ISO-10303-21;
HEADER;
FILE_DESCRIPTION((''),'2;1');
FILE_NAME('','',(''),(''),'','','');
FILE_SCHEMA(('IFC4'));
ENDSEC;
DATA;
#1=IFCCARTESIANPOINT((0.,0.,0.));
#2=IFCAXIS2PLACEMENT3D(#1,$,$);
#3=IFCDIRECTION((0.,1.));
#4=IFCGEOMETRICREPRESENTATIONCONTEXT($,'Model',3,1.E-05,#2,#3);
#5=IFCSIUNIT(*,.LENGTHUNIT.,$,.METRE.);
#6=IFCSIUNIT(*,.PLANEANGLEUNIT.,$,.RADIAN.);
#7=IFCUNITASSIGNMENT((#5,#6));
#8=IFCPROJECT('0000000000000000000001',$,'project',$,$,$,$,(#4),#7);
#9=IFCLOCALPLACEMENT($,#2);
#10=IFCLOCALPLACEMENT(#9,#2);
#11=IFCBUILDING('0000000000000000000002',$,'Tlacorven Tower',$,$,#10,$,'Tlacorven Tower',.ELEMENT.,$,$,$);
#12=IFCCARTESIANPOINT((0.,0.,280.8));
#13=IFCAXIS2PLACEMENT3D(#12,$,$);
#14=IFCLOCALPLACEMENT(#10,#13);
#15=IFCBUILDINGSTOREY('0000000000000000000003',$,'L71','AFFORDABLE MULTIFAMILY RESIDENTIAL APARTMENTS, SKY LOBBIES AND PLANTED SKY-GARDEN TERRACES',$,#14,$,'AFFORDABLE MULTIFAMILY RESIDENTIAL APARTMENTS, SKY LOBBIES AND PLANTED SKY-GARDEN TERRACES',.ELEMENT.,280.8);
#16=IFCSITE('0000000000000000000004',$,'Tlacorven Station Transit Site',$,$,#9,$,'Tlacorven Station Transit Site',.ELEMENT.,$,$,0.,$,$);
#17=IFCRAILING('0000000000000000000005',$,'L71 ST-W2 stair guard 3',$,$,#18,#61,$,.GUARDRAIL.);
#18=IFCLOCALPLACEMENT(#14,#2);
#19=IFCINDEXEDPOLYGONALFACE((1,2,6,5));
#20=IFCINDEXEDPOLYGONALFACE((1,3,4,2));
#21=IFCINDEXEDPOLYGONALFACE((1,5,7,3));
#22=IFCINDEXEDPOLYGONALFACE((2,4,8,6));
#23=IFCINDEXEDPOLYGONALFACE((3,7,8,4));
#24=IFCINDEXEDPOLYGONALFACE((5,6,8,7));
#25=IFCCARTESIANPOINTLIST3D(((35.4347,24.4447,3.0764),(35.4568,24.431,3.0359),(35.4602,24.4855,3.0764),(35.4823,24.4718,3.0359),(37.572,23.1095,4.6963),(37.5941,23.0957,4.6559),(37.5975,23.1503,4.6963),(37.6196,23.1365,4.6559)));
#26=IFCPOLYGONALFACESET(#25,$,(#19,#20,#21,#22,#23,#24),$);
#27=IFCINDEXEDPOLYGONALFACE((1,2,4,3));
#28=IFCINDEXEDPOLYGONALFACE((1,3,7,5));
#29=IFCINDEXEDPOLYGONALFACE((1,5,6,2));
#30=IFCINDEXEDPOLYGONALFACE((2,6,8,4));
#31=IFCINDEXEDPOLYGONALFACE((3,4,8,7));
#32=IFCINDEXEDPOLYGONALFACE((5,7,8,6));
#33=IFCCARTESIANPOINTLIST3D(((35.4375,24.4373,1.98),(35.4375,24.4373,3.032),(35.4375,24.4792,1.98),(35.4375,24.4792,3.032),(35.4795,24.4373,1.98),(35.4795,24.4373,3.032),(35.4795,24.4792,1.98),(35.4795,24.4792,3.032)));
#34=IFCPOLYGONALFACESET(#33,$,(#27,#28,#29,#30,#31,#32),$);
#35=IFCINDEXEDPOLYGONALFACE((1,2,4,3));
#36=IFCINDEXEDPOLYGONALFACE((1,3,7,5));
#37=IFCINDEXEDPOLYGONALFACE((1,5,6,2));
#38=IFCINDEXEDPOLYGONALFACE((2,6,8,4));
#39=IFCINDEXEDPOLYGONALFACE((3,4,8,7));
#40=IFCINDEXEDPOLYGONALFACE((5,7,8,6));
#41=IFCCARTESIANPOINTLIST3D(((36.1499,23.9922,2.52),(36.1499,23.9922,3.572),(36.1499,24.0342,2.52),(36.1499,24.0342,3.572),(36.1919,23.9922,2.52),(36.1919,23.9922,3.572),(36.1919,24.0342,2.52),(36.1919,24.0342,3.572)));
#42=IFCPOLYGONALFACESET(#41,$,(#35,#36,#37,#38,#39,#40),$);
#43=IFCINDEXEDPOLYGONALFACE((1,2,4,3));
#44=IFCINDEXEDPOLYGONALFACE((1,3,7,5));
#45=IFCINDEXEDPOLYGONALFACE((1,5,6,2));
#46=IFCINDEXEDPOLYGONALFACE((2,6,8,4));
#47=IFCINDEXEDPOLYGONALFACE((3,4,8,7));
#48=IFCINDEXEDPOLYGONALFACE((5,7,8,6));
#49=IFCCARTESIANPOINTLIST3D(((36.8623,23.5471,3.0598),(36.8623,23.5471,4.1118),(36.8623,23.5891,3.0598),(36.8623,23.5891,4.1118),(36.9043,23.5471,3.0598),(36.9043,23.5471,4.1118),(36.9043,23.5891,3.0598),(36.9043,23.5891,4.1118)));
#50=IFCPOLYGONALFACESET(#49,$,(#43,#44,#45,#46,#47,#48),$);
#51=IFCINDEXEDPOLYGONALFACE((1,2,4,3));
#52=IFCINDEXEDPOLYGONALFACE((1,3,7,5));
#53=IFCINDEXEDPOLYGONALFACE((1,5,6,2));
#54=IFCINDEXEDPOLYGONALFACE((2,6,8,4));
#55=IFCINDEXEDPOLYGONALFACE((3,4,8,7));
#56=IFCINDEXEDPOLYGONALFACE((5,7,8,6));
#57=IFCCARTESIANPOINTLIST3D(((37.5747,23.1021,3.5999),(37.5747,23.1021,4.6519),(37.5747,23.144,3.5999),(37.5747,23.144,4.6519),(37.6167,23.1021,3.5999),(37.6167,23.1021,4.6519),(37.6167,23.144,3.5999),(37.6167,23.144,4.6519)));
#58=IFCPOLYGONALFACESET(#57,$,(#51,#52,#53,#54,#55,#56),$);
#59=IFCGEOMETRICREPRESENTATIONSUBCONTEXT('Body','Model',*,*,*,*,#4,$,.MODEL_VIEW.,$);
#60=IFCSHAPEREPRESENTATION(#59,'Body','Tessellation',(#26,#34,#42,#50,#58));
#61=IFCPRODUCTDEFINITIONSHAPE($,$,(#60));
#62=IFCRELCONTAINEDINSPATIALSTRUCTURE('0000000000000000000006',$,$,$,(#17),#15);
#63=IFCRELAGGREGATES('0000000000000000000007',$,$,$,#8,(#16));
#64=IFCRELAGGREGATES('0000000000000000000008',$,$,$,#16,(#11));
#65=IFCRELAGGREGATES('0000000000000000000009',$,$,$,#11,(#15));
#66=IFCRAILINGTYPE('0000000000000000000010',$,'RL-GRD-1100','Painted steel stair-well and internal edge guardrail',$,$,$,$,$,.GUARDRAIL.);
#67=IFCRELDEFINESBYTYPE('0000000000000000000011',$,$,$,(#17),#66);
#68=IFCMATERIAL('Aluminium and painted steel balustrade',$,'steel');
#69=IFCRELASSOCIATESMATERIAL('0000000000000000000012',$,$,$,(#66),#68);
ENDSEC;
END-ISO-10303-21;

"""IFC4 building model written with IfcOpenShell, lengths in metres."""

from ifc_helpers import new_model, si_unit, direction, frame, origin, origin_2d, place, context, subcontext, project, spatial, rectangle, extrude, source, transform, mapped, material, type_object, element, save


model = new_model("IFC4")

# Units and contexts
model_context = context("Model", 3, precision=1e-05, world=origin(), true_north=direction((0.0, 1.0)))
body_context = subcontext(model_context, "Body", "Model", "MODEL_VIEW")
ifc_project = project(units=[si_unit("LENGTHUNIT", "METRE"), si_unit("PLANEANGLEUNIT", "RADIAN")], contexts=[model_context])

# Site, building, storey
site_placement = place(None, origin())
site = spatial("IfcSite", under=ifc_project, at=site_placement, Name="Tlacorven Station Transit Site", LongName="Tlacorven Station Transit Site", CompositionType="ELEMENT", RefElevation=0.0)
building_placement = place(site_placement, origin())
building = spatial("IfcBuilding", under=site, at=building_placement, Name="Tlacorven Tower", LongName="Tlacorven Tower", CompositionType="ELEMENT")
storey_placement = place(building_placement, frame((0.0, 0.0, 280.8)))
storey = spatial("IfcBuildingStorey", under=building, at=storey_placement, Name="L71", Description="AFFORDABLE MULTIFAMILY RESIDENTIAL APARTMENTS, SKY LOBBIES AND PLANTED SKY-GARDEN TERRACES", LongName="AFFORDABLE MULTIFAMILY RESIDENTIAL APARTMENTS, SKY LOBBIES AND PLANTED SKY-GARDEN TERRACES", CompositionType="ELEMENT", Elevation=280.8)

# Railing
ifc_material_1 = material(Name="Aluminium and painted steel balustrade", Category="steel")
railing_type_1 = type_object("IfcRailingType", Name="RL-GRD-1100", Description="Painted steel stair-well and internal edge guardrail", PredefinedType="GUARDRAIL", material=ifc_material_1)
shared_shape_1 = source(origin(), body_context, "Body", "SweptSolid", [
    extrude(rectangle(XDim=0.0481, YDim=0.0481, at=origin_2d()), frame((0.0, 0.0, 1.0762), z_axis=(0.713417, -0.445702, 0.540727), x_axis=(0.529842, 0.848096, 0.0)), (0.0, 0.0, 1.0), 2.9958),
    extrude(rectangle(XDim=0.042, YDim=0.042, at=origin_2d()), origin(), (0.0, 0.0, 1.0), 1.052),
    extrude(rectangle(XDim=0.042, YDim=0.042, at=origin_2d()), frame((0.7124, -0.4451, 0.54)), (0.0, 0.0, 1.0), 1.052),
    extrude(rectangle(XDim=0.042, YDim=0.042, at=origin_2d()), frame((1.4248, -0.8901, 1.0798)), (0.0, 0.0, 1.0), 1.052),
    extrude(rectangle(XDim=0.042, YDim=0.042, at=origin_2d()), frame((2.1372, -1.3352, 1.6199)), (0.0, 0.0, 1.0), 1.052),
])
railing_1_placement = place(storey_placement, frame((35.4585, 24.4583, 1.98)))
element("IfcRailing", 1, at=railing_1_placement, inside=storey, type_object=railing_type_1, Name="L71 ST-W2 stair guard 3", PredefinedType="GUARDRAIL", context=body_context, shape_type="MappedRepresentation", body=[
    mapped(shared_shape_1, transform((0.0, 0.0, 0.0), scale=1.0)),
])

save(model, "model.ifc")
